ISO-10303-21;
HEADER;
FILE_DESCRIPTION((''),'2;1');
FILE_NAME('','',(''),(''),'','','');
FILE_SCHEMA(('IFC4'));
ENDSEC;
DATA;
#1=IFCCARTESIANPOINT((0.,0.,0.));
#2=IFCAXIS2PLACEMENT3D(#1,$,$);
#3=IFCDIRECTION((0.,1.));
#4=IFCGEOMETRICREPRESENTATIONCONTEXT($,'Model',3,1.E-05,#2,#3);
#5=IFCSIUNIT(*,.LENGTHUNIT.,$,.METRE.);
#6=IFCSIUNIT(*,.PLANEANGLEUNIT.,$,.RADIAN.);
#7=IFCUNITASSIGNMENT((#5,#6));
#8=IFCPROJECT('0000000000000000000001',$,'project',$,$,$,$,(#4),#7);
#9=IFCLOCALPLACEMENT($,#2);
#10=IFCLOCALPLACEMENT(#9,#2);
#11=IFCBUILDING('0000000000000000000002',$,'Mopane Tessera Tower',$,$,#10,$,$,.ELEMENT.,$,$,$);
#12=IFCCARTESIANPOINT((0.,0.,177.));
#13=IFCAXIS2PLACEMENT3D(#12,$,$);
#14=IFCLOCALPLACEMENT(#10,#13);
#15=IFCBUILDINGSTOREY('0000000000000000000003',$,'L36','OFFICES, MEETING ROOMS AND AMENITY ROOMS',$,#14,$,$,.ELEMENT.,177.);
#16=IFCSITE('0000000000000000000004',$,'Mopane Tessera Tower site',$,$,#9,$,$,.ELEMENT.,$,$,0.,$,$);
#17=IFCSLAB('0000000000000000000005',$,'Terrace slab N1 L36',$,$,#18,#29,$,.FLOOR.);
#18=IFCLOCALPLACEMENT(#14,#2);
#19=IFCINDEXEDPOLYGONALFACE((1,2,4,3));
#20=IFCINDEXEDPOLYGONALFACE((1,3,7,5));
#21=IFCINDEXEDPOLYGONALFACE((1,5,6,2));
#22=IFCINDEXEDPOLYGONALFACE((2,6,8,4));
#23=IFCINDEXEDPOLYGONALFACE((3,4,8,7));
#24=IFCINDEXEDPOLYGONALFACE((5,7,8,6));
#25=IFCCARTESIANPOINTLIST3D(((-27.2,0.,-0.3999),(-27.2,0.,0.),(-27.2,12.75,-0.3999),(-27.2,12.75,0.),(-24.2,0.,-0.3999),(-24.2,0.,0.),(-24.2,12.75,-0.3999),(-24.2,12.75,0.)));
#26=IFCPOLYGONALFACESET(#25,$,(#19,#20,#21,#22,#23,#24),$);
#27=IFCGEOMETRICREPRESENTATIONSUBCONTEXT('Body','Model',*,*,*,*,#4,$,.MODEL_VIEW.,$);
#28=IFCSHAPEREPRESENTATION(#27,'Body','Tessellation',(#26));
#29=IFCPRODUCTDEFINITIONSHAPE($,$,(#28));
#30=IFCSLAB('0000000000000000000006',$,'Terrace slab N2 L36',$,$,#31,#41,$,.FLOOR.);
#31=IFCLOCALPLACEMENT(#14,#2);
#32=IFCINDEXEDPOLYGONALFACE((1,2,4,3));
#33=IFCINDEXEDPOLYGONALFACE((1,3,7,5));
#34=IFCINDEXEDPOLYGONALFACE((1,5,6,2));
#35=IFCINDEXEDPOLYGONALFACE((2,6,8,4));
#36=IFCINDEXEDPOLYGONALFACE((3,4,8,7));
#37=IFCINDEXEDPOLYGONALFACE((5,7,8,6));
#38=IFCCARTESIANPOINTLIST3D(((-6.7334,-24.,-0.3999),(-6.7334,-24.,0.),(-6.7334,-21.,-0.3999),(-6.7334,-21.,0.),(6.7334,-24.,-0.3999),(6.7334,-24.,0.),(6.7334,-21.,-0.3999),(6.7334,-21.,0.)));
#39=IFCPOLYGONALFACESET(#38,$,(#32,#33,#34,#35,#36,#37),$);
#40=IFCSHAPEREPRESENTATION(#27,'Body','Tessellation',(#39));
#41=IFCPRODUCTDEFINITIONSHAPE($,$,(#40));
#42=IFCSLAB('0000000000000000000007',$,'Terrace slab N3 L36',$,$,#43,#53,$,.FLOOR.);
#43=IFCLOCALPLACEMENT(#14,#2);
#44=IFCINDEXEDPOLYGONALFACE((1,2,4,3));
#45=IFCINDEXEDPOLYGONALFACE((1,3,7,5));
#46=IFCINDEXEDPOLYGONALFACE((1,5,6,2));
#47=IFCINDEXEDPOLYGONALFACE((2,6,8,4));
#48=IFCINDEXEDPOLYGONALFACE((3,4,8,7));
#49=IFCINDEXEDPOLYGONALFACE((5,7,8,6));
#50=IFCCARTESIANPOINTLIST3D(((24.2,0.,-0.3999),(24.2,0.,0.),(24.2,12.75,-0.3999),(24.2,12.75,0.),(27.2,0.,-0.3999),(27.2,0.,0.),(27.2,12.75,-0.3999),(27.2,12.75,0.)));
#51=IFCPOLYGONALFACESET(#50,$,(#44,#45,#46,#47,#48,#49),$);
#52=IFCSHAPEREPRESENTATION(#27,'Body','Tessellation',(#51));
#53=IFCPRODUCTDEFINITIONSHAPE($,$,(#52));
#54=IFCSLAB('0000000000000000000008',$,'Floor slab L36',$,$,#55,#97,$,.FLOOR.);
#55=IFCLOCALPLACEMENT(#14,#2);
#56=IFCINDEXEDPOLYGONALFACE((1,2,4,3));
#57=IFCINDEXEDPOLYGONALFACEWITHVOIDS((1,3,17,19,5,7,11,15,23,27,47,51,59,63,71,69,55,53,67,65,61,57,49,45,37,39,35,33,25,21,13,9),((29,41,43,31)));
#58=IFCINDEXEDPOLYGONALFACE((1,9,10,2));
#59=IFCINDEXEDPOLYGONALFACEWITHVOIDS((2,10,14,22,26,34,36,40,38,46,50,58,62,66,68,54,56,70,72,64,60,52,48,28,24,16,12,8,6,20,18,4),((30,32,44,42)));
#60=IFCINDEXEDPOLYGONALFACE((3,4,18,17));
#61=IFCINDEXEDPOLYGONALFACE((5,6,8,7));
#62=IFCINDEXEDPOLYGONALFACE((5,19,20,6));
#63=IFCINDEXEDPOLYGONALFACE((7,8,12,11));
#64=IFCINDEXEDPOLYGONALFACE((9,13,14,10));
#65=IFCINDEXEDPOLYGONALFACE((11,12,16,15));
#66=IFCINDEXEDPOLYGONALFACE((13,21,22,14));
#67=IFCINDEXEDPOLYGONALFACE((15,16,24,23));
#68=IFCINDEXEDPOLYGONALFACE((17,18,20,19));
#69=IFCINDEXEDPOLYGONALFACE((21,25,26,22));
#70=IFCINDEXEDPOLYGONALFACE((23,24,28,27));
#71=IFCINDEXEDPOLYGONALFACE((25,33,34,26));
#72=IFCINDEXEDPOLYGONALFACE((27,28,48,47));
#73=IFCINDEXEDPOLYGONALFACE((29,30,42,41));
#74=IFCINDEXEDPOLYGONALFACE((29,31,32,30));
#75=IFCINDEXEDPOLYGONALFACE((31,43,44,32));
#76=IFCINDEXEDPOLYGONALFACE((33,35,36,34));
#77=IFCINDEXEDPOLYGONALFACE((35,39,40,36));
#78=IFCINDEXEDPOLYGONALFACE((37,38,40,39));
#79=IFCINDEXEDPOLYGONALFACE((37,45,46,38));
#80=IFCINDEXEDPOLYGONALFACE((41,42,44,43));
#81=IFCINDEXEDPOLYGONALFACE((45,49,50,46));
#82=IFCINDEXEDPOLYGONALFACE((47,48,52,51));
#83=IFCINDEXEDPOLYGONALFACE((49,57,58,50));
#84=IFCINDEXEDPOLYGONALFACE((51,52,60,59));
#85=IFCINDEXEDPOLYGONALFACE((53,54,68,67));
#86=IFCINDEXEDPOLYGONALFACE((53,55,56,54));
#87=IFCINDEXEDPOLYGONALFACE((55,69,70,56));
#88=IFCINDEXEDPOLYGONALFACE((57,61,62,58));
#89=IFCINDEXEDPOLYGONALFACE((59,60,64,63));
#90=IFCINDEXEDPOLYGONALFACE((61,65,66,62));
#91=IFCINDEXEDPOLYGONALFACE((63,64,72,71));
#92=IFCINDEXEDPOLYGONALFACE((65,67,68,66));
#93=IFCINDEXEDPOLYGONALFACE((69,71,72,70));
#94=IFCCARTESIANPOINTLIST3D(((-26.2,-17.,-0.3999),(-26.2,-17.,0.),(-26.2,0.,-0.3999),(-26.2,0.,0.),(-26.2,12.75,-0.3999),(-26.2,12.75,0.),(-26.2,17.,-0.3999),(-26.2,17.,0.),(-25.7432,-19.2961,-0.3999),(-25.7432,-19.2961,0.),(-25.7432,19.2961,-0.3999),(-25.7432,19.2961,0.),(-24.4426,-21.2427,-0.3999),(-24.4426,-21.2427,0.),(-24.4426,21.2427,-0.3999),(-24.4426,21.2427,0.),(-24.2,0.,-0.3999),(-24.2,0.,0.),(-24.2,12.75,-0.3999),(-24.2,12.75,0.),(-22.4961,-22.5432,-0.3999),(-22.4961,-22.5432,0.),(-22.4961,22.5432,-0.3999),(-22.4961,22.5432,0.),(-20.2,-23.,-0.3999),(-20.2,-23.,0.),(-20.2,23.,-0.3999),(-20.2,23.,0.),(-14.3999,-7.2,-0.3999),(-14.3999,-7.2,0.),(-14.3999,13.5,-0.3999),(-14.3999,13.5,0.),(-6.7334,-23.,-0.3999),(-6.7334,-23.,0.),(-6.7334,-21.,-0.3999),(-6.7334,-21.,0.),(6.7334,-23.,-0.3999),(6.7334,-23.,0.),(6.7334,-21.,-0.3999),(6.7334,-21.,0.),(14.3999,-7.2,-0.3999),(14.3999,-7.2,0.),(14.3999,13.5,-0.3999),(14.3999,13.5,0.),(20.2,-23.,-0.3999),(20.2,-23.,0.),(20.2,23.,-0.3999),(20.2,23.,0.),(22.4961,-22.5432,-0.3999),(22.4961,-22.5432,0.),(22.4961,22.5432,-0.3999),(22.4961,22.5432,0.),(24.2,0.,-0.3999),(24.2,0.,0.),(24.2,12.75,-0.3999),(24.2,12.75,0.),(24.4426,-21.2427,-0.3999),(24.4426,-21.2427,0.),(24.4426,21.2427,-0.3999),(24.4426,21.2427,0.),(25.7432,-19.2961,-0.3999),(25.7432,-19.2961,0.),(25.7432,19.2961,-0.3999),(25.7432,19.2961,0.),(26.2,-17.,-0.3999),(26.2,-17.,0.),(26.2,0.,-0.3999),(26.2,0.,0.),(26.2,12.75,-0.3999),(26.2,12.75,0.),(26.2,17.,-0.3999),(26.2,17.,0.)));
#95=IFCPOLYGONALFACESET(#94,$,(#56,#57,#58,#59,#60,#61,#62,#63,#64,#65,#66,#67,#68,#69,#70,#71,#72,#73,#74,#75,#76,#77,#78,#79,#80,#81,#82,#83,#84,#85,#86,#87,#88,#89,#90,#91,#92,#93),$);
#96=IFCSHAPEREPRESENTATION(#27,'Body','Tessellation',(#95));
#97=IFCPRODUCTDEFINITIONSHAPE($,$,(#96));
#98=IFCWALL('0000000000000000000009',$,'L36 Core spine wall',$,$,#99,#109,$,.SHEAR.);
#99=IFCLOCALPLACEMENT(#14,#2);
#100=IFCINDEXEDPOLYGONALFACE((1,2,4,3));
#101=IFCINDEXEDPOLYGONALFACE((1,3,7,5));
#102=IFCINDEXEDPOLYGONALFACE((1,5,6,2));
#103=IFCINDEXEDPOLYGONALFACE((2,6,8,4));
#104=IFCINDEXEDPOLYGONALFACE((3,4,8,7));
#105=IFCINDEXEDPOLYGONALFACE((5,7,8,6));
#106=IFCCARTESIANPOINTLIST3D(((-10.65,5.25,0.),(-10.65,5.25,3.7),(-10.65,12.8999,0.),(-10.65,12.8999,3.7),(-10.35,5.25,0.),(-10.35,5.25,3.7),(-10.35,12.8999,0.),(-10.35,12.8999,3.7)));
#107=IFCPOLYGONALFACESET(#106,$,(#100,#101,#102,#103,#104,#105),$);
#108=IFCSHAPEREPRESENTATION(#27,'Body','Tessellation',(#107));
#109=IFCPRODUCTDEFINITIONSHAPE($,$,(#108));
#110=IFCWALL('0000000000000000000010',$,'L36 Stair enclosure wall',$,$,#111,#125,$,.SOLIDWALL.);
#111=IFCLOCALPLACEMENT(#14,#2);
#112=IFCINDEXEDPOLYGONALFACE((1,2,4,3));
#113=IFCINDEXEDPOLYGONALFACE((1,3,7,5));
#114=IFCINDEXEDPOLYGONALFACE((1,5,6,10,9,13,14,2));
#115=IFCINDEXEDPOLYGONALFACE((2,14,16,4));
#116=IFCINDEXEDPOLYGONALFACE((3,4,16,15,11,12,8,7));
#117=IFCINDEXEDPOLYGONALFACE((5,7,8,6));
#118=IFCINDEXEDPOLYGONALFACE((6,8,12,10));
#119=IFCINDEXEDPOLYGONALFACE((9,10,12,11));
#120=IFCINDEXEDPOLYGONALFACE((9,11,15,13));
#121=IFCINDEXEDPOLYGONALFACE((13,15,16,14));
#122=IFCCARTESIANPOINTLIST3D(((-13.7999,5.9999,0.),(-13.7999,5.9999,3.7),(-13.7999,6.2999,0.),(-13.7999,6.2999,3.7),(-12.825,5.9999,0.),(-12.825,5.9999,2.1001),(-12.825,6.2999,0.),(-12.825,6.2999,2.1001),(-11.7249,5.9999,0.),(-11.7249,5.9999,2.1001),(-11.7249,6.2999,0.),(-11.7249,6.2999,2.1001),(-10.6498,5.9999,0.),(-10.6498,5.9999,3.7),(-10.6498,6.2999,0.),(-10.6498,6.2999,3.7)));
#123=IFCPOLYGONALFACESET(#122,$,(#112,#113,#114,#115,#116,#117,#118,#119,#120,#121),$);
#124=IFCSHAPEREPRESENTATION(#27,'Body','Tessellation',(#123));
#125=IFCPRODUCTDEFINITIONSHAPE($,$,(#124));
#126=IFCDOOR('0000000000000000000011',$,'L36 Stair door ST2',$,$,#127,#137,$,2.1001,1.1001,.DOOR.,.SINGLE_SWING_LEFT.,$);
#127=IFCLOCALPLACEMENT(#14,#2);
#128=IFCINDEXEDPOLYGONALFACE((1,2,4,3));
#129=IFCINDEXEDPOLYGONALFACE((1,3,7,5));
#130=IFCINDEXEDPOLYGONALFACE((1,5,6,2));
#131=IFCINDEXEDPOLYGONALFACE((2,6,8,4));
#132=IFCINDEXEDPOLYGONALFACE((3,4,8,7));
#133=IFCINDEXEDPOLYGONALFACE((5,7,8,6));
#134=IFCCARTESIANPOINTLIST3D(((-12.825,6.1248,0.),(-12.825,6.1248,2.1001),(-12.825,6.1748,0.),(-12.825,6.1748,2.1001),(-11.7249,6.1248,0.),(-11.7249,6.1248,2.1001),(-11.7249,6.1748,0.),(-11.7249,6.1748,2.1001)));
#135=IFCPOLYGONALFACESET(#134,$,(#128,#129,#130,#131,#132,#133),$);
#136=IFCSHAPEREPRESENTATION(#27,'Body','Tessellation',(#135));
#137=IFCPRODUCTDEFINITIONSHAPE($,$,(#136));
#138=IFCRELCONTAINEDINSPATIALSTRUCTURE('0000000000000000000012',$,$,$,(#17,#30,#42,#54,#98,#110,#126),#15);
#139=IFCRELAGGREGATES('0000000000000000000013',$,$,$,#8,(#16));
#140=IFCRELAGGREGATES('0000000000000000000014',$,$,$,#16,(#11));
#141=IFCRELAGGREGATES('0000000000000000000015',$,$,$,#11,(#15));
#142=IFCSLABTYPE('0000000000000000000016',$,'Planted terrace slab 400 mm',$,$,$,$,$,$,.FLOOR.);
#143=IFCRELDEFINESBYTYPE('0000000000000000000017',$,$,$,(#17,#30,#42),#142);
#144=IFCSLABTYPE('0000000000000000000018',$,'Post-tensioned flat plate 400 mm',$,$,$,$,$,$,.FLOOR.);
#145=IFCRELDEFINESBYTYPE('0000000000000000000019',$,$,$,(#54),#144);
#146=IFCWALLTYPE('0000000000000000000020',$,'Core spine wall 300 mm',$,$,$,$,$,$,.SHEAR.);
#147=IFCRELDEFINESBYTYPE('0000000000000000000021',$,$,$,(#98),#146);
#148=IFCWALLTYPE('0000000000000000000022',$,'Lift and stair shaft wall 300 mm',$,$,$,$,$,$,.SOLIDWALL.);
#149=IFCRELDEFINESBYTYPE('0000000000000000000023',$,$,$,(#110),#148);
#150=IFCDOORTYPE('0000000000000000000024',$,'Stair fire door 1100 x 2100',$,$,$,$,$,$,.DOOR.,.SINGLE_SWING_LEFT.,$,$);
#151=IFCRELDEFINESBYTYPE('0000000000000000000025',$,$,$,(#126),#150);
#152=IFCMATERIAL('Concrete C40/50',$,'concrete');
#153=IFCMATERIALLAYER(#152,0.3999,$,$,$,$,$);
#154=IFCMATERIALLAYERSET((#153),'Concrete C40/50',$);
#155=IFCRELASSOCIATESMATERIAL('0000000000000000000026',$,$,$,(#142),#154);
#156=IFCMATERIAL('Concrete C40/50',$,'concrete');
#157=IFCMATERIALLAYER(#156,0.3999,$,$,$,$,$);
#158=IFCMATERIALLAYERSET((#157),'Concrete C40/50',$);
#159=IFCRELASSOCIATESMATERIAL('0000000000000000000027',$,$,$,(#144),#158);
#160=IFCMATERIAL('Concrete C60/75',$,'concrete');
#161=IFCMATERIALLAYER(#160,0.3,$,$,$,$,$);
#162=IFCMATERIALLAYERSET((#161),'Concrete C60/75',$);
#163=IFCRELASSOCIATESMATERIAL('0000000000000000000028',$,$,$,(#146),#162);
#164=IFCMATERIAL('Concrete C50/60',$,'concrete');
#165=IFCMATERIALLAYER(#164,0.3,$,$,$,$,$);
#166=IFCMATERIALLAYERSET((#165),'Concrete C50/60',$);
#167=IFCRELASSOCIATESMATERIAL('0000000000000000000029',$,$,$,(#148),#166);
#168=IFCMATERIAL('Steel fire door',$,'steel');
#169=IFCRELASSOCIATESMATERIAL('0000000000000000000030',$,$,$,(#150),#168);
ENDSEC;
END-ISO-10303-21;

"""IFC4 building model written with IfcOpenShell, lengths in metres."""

from ifc_helpers import new_model, si_unit, direction, frame, frame_2d, origin, place, context, subcontext, project, spatial, polyline, rectangle, outline, extrude, material, layer, layer_set, type_object, element, fill, save


model = new_model("IFC4")

# Units and contexts
model_context = context("Model", 3, precision=1e-05, world=origin(), true_north=direction((0.0, 1.0)))
body_context = subcontext(model_context, "Body", "Model", "MODEL_VIEW")
ifc_project = project(units=[si_unit("LENGTHUNIT", "METRE"), si_unit("PLANEANGLEUNIT", "RADIAN")], contexts=[model_context])

# Site, building, storey
site_placement = place(None, origin())
site = spatial("IfcSite", under=ifc_project, at=site_placement, Name="Mopane Tessera Tower site", CompositionType="ELEMENT", RefElevation=0.0)
building_placement = place(site_placement, origin())
building = spatial("IfcBuilding", under=site, at=building_placement, Name="Mopane Tessera Tower", CompositionType="ELEMENT")
storey_placement = place(building_placement, frame((0.0, 0.0, 177.0)))
storey = spatial("IfcBuildingStorey", under=building, at=storey_placement, Name="L36", Description="OFFICES, MEETING ROOMS AND AMENITY ROOMS", CompositionType="ELEMENT", Elevation=177.0)

# Slabs
ifc_material_1 = material(Name="Concrete C40/50", Category="concrete")
ifc_layer_1 = layer(ifc_material_1, 0.3999)
ifc_layer_set_1 = layer_set([ifc_layer_1], Name="Concrete C40/50")
slab_type_1 = type_object("IfcSlabType", Name="Planted terrace slab 400 mm", PredefinedType="FLOOR", material=ifc_layer_set_1)
slab_1_placement = place(storey_placement, frame((0.0, 0.0, -0.3999)))
element("IfcSlab", 1, at=slab_1_placement, inside=storey, type_object=slab_type_1, Name="Terrace slab N1 L36", PredefinedType="FLOOR", context=body_context, shape_type="SweptSolid", body=[
    extrude(outline(polyline([(-27.2, 0.0), (-24.2, 0.0), (-24.2, 12.75), (-27.2, 12.75), (-27.2, 0.0)])), origin(), (0.0, 0.0, 1.0), 0.3999),
])
slab_2_placement = place(storey_placement, frame((0.0, 0.0, -0.3999)))
element("IfcSlab", 2, at=slab_2_placement, inside=storey, type_object=slab_type_1, Name="Terrace slab N2 L36", PredefinedType="FLOOR", context=body_context, shape_type="SweptSolid", body=[
    extrude(outline(polyline([(6.7334, -24.0), (6.7334, -21.0), (-6.7334, -21.0), (-6.7334, -24.0), (6.7334, -24.0)])), origin(), (0.0, 0.0, 1.0), 0.3999),
])
slab_3_placement = place(storey_placement, frame((0.0, 0.0, -0.3999)))
element("IfcSlab", 3, at=slab_3_placement, inside=storey, type_object=slab_type_1, Name="Terrace slab N3 L36", PredefinedType="FLOOR", context=body_context, shape_type="SweptSolid", body=[
    extrude(outline(polyline([(27.2, 12.75), (24.2, 12.75), (24.2, 0.0), (27.2, 0.0), (27.2, 12.75)])), origin(), (0.0, 0.0, 1.0), 0.3999),
])
ifc_material_2 = material(Name="Concrete C40/50", Category="concrete")
ifc_layer_2 = layer(ifc_material_2, 0.3999)
ifc_layer_set_2 = layer_set([ifc_layer_2], Name="Concrete C40/50")
slab_type_2 = type_object("IfcSlabType", Name="Post-tensioned flat plate 400 mm", PredefinedType="FLOOR", material=ifc_layer_set_2)
slab_4_placement = place(storey_placement, frame((0.0, 0.0, -0.3999)))
element("IfcSlab", 4, at=slab_4_placement, inside=storey, type_object=slab_type_2, Name="Floor slab L36", PredefinedType="FLOOR", context=body_context, shape_type="SweptSolid", body=[
    extrude(outline(polyline([(-20.2, -23.0), (-6.7334, -23.0), (-6.7334, -21.0), (6.7334, -21.0), (6.7334, -23.0), (20.2, -23.0), (22.4961, -22.5432), (24.4426, -21.2427), (25.7432, -19.2961), (26.2, -17.0), (26.2, 0.0), (24.2, 0.0), (24.2, 12.75), (26.2, 12.75), (26.2, 17.0), (25.7432, 19.2961), (24.4426, 21.2427), (22.4961, 22.5432), (20.2, 23.0), (-20.2, 23.0), (-22.4961, 22.5432), (-24.4426, 21.2427), (-25.7432, 19.2961), (-26.2, 17.0), (-26.2, 12.75), (-24.2, 12.75), (-24.2, 0.0), (-26.2, 0.0), (-26.2, -17.0), (-25.7432, -19.2961), (-24.4426, -21.2427), (-22.4961, -22.5432), (-20.2, -23.0)]), holes=[polyline([(14.3999, -7.2), (-14.3999, -7.2), (-14.3999, 13.5), (14.3999, 13.5), (14.3999, -7.2)])]), origin(), (0.0, 0.0, 1.0), 0.3999),
])

# Wall
ifc_material_3 = material(Name="Concrete C60/75", Category="concrete")
ifc_layer_3 = layer(ifc_material_3, 0.3)
ifc_layer_set_3 = layer_set([ifc_layer_3], Name="Concrete C60/75")
wall_type_1 = type_object("IfcWallType", Name="Core spine wall 300 mm", PredefinedType="SHEAR", material=ifc_layer_set_3)
wall_1_placement = place(storey_placement, frame((-10.5, 5.25, 0.0), z_axis=(0.0, 0.0, 1.0), x_axis=(0.0, 1.0, 0.0)))
element("IfcWall", 5, at=wall_1_placement, inside=storey, type_object=wall_type_1, Name="L36 Core spine wall", PredefinedType="SHEAR", context=body_context, shape_type="SweptSolid", body=[
    extrude(rectangle(XDim=7.6499, YDim=0.3, at=frame_2d((3.825, 0.0))), origin(), (0.0, 0.0, 1.0), 3.7),
])

# Wall, opening, door
ifc_material_4 = material(Name="Concrete C50/60", Category="concrete")
ifc_layer_4 = layer(ifc_material_4, 0.3)
ifc_layer_set_4 = layer_set([ifc_layer_4], Name="Concrete C50/60")
wall_type_2 = type_object("IfcWallType", Name="Lift and stair shaft wall 300 mm", PredefinedType="SOLIDWALL", material=ifc_layer_set_4)
wall_2_placement = place(storey_placement, frame((-13.8, 6.1499, 0.0), z_axis=(0.0, 0.0, 1.0), x_axis=(1.0, 0.0, 0.0)))
wall_2 = element("IfcWall", 6, at=wall_2_placement, inside=storey, type_object=wall_type_2, Name="L36 Stair enclosure wall", PredefinedType="SOLIDWALL", context=body_context, shape_type="SweptSolid", body=[
    extrude(rectangle(XDim=3.1501, YDim=0.3, at=frame_2d((1.5752, 0.0))), origin(), (0.0, 0.0, 1.0), 3.7),
])
opening_1_placement = place(wall_2_placement, frame((0.9751, 0.0, 0.0)))
opening_1 = element("IfcOpeningElement", 7, at=opening_1_placement, cuts=wall_2, PredefinedType="OPENING", context=body_context, shape_type="SweptSolid", body=[
    extrude(rectangle(XDim=1.1001, YDim=2.1001, at=frame_2d((0.55, 1.05))), frame((0.0, 0.1621, 0.0), z_axis=(0.0, -1.0, 0.0), x_axis=(1.0, 0.0, 0.0)), (0.0, 0.0, 1.0), 0.324),
])
ifc_material_5 = material(Name="Steel fire door", Category="steel")
door_type_1 = type_object("IfcDoorType", Name="Stair fire door 1100 x 2100", OperationType="SINGLE_SWING_LEFT", PredefinedType="DOOR", material=ifc_material_5)
door_1_placement = place(opening_1_placement, origin())
door_1 = element("IfcDoor", 8, at=door_1_placement, inside=storey, type_object=door_type_1, Name="L36 Stair door ST2", OperationType="SINGLE_SWING_LEFT", OverallHeight=2.1001, OverallWidth=1.1001, PredefinedType="DOOR", context=body_context, shape_type="SweptSolid", body=[
    extrude(rectangle(XDim=1.1001, YDim=2.1001, at=frame_2d((0.55, 1.05))), frame((0.0, 0.0249, 0.0), z_axis=(0.0, -1.0, 0.0), x_axis=(1.0, 0.0, 0.0)), (0.0, 0.0, 1.0), 0.05),
])
fill(opening_1, door_1)

save(model, "model.ifc")
